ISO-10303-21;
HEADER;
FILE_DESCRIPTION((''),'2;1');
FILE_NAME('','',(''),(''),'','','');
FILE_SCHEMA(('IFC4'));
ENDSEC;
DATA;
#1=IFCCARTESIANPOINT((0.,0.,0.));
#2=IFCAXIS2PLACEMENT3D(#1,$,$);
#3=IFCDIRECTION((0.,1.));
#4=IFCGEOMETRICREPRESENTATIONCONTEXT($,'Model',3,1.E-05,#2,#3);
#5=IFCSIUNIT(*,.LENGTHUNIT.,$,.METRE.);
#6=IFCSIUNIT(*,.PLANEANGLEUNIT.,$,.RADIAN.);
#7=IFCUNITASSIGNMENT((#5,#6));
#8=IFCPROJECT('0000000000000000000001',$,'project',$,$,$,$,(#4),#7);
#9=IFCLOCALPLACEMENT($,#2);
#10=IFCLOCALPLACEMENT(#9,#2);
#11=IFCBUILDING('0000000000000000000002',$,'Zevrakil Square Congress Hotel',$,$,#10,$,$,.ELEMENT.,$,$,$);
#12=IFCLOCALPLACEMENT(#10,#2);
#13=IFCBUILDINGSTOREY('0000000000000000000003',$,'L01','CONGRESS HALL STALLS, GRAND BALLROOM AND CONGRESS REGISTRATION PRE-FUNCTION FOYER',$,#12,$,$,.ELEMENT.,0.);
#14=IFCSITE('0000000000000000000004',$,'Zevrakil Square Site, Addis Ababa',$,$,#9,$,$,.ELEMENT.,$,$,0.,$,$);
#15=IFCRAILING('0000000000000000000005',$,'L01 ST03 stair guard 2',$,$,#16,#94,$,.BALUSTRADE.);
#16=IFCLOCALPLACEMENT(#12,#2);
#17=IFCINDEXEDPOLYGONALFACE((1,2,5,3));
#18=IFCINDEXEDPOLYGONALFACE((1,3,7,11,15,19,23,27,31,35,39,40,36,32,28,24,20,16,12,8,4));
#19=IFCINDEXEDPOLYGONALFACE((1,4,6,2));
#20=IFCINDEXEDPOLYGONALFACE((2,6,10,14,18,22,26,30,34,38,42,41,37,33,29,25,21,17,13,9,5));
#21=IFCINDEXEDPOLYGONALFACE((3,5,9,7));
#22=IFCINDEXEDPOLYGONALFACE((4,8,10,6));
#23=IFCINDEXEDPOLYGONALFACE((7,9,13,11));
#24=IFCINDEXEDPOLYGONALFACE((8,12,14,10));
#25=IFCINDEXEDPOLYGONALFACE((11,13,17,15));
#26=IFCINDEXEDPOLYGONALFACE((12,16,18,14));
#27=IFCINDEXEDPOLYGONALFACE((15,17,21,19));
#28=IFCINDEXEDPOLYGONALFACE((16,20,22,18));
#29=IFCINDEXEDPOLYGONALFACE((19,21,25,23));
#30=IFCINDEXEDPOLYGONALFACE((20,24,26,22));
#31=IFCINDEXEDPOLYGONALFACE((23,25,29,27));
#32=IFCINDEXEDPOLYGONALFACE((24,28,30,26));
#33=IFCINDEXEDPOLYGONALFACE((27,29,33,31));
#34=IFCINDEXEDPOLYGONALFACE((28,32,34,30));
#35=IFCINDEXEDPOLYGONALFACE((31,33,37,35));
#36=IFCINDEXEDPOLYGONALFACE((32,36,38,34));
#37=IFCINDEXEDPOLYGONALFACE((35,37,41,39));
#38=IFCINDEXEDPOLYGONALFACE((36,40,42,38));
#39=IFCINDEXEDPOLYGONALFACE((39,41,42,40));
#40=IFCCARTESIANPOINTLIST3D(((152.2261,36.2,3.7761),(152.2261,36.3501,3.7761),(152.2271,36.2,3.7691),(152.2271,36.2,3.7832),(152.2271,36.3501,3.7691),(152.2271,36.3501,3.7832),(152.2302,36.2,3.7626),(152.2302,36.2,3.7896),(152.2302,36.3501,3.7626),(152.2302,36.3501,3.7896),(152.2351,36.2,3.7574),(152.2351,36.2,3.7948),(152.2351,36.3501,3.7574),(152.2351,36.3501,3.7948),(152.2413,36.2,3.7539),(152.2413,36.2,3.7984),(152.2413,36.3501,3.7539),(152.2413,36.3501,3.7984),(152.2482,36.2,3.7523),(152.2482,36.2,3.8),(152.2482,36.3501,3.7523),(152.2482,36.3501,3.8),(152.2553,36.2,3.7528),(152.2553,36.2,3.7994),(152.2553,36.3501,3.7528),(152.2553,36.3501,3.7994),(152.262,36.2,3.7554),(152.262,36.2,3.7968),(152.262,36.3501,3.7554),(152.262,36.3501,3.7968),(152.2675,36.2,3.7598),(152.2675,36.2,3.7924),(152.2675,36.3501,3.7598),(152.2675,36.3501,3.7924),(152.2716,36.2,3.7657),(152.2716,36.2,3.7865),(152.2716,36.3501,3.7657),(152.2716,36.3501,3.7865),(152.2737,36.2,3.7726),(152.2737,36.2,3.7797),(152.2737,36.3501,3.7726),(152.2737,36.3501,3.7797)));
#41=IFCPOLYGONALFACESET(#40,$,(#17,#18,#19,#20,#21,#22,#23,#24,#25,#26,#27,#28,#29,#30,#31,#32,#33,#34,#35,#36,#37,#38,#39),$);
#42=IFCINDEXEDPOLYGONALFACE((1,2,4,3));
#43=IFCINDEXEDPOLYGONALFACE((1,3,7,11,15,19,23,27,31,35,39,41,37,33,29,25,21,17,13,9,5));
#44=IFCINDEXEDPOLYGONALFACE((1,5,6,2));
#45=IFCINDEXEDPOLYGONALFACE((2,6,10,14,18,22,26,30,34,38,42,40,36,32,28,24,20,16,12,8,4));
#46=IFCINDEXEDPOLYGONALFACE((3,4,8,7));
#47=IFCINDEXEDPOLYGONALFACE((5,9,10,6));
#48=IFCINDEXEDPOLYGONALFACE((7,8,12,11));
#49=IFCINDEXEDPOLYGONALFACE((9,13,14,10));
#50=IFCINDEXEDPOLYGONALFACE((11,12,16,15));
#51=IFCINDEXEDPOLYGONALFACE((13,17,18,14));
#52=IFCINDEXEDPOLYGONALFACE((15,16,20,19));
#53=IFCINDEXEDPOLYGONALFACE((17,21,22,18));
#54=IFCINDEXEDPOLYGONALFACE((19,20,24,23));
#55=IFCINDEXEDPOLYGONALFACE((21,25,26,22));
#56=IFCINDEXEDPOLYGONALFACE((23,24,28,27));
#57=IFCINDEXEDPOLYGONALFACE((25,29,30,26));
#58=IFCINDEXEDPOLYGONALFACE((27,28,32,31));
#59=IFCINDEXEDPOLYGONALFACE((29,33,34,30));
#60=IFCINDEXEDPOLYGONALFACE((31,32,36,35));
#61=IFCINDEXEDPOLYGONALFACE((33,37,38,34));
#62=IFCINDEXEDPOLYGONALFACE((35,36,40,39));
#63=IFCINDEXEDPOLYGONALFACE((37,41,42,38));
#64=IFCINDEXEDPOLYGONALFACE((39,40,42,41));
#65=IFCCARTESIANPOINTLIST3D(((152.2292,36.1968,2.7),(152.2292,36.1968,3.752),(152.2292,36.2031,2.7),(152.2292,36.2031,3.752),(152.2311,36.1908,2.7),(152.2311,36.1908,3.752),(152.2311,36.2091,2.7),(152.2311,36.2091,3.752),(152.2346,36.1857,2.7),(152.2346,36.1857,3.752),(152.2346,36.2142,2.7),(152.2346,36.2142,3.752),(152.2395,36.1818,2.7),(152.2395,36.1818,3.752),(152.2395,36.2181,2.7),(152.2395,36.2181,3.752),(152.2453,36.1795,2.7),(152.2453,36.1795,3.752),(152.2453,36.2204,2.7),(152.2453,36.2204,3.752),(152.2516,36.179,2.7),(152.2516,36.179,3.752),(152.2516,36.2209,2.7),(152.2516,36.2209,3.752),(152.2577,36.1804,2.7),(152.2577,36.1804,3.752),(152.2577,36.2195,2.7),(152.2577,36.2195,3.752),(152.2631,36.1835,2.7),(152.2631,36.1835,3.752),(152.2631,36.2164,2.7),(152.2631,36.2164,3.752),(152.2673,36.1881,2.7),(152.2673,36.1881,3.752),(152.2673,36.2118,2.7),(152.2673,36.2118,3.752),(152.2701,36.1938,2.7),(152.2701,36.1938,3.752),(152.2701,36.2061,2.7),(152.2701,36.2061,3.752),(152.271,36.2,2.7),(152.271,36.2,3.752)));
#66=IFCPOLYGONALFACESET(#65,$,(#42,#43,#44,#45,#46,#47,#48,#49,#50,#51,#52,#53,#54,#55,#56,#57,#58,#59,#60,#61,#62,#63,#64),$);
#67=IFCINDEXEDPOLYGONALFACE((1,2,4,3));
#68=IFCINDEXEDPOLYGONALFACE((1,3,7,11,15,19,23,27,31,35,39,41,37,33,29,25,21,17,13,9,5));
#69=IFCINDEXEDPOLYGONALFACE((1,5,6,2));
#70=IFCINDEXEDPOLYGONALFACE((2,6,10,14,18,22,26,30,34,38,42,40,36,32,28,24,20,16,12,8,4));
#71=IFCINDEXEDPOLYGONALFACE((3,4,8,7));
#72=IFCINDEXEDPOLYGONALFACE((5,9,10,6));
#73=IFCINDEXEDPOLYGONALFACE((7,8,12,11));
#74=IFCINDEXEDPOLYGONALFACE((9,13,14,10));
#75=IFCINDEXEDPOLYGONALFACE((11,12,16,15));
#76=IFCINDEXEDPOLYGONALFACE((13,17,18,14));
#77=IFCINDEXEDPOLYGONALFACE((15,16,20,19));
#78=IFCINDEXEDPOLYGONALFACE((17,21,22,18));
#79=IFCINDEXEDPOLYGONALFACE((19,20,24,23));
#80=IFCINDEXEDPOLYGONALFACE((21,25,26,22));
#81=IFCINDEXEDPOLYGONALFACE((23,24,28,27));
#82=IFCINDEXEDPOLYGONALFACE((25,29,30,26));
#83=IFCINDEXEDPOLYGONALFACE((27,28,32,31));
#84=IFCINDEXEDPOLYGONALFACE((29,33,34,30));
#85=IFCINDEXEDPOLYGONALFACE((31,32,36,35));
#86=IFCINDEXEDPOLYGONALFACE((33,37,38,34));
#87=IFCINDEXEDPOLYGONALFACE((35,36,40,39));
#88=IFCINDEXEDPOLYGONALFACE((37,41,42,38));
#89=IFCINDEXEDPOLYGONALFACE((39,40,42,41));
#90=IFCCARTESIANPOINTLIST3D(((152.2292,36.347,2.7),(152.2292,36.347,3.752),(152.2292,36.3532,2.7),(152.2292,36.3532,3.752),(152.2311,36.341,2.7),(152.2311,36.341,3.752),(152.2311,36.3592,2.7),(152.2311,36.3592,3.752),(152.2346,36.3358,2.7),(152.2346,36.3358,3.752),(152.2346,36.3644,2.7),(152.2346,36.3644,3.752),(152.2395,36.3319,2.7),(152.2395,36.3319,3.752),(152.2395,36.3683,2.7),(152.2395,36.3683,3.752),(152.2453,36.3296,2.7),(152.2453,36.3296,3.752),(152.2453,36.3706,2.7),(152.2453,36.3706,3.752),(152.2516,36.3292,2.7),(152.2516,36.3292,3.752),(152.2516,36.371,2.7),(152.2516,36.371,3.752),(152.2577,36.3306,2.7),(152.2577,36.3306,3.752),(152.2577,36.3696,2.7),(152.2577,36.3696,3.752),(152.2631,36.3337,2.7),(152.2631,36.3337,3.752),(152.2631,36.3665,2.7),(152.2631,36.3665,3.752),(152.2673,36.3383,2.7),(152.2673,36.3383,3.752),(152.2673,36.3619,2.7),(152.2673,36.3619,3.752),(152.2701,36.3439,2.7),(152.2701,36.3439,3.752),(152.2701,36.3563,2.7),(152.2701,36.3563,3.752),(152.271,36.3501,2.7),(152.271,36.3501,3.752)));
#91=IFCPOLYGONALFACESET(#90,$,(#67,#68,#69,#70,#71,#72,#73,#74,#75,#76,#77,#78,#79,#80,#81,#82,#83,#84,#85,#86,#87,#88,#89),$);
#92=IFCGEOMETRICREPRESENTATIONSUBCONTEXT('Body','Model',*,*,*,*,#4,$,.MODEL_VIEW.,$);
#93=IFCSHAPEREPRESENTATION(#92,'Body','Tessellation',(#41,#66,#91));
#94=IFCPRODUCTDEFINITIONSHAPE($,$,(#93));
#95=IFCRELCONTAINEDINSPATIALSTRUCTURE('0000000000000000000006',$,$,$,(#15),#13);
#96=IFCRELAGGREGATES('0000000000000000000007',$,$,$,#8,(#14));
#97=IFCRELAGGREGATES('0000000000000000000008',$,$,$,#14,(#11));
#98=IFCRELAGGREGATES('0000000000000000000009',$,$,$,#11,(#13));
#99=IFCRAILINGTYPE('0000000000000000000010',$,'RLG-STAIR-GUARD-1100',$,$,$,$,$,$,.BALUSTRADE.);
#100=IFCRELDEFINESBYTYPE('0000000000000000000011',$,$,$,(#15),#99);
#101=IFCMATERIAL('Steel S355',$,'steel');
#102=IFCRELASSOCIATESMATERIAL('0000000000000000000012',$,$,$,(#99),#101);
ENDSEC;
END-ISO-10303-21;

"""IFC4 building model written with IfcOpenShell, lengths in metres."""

from ifc_helpers import new_model, si_unit, direction, frame, origin, origin_2d, place, context, subcontext, project, spatial, circle, extrude, material, type_object, element, save


model = new_model("IFC4")

# Units and contexts
model_context = context("Model", 3, precision=1e-05, world=origin(), true_north=direction((0.0, 1.0)))
body_context = subcontext(model_context, "Body", "Model", "MODEL_VIEW")
ifc_project = project(units=[si_unit("LENGTHUNIT", "METRE"), si_unit("PLANEANGLEUNIT", "RADIAN")], contexts=[model_context])

# Site, building, storey
site_placement = place(None, origin())
site = spatial("IfcSite", under=ifc_project, at=site_placement, Name="Zevrakil Square Site, Addis Ababa", CompositionType="ELEMENT", RefElevation=0.0)
building_placement = place(site_placement, origin())
building = spatial("IfcBuilding", under=site, at=building_placement, Name="Zevrakil Square Congress Hotel", CompositionType="ELEMENT")
storey_placement = place(building_placement, origin())
storey = spatial("IfcBuildingStorey", under=building, at=storey_placement, Name="L01", Description="CONGRESS HALL STALLS, GRAND BALLROOM AND CONGRESS REGISTRATION PRE-FUNCTION FOYER", CompositionType="ELEMENT", Elevation=0.0)

# Railing
ifc_material_1 = material(Name="Steel S355", Category="steel")
railing_type_1 = type_object("IfcRailingType", Name="RLG-STAIR-GUARD-1100", PredefinedType="BALUSTRADE", material=ifc_material_1)
railing_1_placement = place(storey_placement, frame((152.25, 36.2, 2.7)))
element("IfcRailing", 1, at=railing_1_placement, inside=storey, type_object=railing_type_1, Name="L01 ST03 stair guard 2", PredefinedType="BALUSTRADE", context=body_context, shape_type="SweptSolid", body=[
    extrude(circle(Radius=0.0239, at=origin_2d()), frame((0.0, 0.0, 1.0762), z_axis=(0.0, 1.0, 0.0), x_axis=(-1.0, 0.0, 0.0)), (0.0, 0.0, 1.0), 0.1501),
    extrude(circle(Radius=0.021, at=origin_2d()), origin(), (0.0, 0.0, 1.0), 1.052),
    extrude(circle(Radius=0.021, at=origin_2d()), frame((0.0, 0.1501, 0.0)), (0.0, 0.0, 1.0), 1.052),
])

save(model, "model.ifc")
